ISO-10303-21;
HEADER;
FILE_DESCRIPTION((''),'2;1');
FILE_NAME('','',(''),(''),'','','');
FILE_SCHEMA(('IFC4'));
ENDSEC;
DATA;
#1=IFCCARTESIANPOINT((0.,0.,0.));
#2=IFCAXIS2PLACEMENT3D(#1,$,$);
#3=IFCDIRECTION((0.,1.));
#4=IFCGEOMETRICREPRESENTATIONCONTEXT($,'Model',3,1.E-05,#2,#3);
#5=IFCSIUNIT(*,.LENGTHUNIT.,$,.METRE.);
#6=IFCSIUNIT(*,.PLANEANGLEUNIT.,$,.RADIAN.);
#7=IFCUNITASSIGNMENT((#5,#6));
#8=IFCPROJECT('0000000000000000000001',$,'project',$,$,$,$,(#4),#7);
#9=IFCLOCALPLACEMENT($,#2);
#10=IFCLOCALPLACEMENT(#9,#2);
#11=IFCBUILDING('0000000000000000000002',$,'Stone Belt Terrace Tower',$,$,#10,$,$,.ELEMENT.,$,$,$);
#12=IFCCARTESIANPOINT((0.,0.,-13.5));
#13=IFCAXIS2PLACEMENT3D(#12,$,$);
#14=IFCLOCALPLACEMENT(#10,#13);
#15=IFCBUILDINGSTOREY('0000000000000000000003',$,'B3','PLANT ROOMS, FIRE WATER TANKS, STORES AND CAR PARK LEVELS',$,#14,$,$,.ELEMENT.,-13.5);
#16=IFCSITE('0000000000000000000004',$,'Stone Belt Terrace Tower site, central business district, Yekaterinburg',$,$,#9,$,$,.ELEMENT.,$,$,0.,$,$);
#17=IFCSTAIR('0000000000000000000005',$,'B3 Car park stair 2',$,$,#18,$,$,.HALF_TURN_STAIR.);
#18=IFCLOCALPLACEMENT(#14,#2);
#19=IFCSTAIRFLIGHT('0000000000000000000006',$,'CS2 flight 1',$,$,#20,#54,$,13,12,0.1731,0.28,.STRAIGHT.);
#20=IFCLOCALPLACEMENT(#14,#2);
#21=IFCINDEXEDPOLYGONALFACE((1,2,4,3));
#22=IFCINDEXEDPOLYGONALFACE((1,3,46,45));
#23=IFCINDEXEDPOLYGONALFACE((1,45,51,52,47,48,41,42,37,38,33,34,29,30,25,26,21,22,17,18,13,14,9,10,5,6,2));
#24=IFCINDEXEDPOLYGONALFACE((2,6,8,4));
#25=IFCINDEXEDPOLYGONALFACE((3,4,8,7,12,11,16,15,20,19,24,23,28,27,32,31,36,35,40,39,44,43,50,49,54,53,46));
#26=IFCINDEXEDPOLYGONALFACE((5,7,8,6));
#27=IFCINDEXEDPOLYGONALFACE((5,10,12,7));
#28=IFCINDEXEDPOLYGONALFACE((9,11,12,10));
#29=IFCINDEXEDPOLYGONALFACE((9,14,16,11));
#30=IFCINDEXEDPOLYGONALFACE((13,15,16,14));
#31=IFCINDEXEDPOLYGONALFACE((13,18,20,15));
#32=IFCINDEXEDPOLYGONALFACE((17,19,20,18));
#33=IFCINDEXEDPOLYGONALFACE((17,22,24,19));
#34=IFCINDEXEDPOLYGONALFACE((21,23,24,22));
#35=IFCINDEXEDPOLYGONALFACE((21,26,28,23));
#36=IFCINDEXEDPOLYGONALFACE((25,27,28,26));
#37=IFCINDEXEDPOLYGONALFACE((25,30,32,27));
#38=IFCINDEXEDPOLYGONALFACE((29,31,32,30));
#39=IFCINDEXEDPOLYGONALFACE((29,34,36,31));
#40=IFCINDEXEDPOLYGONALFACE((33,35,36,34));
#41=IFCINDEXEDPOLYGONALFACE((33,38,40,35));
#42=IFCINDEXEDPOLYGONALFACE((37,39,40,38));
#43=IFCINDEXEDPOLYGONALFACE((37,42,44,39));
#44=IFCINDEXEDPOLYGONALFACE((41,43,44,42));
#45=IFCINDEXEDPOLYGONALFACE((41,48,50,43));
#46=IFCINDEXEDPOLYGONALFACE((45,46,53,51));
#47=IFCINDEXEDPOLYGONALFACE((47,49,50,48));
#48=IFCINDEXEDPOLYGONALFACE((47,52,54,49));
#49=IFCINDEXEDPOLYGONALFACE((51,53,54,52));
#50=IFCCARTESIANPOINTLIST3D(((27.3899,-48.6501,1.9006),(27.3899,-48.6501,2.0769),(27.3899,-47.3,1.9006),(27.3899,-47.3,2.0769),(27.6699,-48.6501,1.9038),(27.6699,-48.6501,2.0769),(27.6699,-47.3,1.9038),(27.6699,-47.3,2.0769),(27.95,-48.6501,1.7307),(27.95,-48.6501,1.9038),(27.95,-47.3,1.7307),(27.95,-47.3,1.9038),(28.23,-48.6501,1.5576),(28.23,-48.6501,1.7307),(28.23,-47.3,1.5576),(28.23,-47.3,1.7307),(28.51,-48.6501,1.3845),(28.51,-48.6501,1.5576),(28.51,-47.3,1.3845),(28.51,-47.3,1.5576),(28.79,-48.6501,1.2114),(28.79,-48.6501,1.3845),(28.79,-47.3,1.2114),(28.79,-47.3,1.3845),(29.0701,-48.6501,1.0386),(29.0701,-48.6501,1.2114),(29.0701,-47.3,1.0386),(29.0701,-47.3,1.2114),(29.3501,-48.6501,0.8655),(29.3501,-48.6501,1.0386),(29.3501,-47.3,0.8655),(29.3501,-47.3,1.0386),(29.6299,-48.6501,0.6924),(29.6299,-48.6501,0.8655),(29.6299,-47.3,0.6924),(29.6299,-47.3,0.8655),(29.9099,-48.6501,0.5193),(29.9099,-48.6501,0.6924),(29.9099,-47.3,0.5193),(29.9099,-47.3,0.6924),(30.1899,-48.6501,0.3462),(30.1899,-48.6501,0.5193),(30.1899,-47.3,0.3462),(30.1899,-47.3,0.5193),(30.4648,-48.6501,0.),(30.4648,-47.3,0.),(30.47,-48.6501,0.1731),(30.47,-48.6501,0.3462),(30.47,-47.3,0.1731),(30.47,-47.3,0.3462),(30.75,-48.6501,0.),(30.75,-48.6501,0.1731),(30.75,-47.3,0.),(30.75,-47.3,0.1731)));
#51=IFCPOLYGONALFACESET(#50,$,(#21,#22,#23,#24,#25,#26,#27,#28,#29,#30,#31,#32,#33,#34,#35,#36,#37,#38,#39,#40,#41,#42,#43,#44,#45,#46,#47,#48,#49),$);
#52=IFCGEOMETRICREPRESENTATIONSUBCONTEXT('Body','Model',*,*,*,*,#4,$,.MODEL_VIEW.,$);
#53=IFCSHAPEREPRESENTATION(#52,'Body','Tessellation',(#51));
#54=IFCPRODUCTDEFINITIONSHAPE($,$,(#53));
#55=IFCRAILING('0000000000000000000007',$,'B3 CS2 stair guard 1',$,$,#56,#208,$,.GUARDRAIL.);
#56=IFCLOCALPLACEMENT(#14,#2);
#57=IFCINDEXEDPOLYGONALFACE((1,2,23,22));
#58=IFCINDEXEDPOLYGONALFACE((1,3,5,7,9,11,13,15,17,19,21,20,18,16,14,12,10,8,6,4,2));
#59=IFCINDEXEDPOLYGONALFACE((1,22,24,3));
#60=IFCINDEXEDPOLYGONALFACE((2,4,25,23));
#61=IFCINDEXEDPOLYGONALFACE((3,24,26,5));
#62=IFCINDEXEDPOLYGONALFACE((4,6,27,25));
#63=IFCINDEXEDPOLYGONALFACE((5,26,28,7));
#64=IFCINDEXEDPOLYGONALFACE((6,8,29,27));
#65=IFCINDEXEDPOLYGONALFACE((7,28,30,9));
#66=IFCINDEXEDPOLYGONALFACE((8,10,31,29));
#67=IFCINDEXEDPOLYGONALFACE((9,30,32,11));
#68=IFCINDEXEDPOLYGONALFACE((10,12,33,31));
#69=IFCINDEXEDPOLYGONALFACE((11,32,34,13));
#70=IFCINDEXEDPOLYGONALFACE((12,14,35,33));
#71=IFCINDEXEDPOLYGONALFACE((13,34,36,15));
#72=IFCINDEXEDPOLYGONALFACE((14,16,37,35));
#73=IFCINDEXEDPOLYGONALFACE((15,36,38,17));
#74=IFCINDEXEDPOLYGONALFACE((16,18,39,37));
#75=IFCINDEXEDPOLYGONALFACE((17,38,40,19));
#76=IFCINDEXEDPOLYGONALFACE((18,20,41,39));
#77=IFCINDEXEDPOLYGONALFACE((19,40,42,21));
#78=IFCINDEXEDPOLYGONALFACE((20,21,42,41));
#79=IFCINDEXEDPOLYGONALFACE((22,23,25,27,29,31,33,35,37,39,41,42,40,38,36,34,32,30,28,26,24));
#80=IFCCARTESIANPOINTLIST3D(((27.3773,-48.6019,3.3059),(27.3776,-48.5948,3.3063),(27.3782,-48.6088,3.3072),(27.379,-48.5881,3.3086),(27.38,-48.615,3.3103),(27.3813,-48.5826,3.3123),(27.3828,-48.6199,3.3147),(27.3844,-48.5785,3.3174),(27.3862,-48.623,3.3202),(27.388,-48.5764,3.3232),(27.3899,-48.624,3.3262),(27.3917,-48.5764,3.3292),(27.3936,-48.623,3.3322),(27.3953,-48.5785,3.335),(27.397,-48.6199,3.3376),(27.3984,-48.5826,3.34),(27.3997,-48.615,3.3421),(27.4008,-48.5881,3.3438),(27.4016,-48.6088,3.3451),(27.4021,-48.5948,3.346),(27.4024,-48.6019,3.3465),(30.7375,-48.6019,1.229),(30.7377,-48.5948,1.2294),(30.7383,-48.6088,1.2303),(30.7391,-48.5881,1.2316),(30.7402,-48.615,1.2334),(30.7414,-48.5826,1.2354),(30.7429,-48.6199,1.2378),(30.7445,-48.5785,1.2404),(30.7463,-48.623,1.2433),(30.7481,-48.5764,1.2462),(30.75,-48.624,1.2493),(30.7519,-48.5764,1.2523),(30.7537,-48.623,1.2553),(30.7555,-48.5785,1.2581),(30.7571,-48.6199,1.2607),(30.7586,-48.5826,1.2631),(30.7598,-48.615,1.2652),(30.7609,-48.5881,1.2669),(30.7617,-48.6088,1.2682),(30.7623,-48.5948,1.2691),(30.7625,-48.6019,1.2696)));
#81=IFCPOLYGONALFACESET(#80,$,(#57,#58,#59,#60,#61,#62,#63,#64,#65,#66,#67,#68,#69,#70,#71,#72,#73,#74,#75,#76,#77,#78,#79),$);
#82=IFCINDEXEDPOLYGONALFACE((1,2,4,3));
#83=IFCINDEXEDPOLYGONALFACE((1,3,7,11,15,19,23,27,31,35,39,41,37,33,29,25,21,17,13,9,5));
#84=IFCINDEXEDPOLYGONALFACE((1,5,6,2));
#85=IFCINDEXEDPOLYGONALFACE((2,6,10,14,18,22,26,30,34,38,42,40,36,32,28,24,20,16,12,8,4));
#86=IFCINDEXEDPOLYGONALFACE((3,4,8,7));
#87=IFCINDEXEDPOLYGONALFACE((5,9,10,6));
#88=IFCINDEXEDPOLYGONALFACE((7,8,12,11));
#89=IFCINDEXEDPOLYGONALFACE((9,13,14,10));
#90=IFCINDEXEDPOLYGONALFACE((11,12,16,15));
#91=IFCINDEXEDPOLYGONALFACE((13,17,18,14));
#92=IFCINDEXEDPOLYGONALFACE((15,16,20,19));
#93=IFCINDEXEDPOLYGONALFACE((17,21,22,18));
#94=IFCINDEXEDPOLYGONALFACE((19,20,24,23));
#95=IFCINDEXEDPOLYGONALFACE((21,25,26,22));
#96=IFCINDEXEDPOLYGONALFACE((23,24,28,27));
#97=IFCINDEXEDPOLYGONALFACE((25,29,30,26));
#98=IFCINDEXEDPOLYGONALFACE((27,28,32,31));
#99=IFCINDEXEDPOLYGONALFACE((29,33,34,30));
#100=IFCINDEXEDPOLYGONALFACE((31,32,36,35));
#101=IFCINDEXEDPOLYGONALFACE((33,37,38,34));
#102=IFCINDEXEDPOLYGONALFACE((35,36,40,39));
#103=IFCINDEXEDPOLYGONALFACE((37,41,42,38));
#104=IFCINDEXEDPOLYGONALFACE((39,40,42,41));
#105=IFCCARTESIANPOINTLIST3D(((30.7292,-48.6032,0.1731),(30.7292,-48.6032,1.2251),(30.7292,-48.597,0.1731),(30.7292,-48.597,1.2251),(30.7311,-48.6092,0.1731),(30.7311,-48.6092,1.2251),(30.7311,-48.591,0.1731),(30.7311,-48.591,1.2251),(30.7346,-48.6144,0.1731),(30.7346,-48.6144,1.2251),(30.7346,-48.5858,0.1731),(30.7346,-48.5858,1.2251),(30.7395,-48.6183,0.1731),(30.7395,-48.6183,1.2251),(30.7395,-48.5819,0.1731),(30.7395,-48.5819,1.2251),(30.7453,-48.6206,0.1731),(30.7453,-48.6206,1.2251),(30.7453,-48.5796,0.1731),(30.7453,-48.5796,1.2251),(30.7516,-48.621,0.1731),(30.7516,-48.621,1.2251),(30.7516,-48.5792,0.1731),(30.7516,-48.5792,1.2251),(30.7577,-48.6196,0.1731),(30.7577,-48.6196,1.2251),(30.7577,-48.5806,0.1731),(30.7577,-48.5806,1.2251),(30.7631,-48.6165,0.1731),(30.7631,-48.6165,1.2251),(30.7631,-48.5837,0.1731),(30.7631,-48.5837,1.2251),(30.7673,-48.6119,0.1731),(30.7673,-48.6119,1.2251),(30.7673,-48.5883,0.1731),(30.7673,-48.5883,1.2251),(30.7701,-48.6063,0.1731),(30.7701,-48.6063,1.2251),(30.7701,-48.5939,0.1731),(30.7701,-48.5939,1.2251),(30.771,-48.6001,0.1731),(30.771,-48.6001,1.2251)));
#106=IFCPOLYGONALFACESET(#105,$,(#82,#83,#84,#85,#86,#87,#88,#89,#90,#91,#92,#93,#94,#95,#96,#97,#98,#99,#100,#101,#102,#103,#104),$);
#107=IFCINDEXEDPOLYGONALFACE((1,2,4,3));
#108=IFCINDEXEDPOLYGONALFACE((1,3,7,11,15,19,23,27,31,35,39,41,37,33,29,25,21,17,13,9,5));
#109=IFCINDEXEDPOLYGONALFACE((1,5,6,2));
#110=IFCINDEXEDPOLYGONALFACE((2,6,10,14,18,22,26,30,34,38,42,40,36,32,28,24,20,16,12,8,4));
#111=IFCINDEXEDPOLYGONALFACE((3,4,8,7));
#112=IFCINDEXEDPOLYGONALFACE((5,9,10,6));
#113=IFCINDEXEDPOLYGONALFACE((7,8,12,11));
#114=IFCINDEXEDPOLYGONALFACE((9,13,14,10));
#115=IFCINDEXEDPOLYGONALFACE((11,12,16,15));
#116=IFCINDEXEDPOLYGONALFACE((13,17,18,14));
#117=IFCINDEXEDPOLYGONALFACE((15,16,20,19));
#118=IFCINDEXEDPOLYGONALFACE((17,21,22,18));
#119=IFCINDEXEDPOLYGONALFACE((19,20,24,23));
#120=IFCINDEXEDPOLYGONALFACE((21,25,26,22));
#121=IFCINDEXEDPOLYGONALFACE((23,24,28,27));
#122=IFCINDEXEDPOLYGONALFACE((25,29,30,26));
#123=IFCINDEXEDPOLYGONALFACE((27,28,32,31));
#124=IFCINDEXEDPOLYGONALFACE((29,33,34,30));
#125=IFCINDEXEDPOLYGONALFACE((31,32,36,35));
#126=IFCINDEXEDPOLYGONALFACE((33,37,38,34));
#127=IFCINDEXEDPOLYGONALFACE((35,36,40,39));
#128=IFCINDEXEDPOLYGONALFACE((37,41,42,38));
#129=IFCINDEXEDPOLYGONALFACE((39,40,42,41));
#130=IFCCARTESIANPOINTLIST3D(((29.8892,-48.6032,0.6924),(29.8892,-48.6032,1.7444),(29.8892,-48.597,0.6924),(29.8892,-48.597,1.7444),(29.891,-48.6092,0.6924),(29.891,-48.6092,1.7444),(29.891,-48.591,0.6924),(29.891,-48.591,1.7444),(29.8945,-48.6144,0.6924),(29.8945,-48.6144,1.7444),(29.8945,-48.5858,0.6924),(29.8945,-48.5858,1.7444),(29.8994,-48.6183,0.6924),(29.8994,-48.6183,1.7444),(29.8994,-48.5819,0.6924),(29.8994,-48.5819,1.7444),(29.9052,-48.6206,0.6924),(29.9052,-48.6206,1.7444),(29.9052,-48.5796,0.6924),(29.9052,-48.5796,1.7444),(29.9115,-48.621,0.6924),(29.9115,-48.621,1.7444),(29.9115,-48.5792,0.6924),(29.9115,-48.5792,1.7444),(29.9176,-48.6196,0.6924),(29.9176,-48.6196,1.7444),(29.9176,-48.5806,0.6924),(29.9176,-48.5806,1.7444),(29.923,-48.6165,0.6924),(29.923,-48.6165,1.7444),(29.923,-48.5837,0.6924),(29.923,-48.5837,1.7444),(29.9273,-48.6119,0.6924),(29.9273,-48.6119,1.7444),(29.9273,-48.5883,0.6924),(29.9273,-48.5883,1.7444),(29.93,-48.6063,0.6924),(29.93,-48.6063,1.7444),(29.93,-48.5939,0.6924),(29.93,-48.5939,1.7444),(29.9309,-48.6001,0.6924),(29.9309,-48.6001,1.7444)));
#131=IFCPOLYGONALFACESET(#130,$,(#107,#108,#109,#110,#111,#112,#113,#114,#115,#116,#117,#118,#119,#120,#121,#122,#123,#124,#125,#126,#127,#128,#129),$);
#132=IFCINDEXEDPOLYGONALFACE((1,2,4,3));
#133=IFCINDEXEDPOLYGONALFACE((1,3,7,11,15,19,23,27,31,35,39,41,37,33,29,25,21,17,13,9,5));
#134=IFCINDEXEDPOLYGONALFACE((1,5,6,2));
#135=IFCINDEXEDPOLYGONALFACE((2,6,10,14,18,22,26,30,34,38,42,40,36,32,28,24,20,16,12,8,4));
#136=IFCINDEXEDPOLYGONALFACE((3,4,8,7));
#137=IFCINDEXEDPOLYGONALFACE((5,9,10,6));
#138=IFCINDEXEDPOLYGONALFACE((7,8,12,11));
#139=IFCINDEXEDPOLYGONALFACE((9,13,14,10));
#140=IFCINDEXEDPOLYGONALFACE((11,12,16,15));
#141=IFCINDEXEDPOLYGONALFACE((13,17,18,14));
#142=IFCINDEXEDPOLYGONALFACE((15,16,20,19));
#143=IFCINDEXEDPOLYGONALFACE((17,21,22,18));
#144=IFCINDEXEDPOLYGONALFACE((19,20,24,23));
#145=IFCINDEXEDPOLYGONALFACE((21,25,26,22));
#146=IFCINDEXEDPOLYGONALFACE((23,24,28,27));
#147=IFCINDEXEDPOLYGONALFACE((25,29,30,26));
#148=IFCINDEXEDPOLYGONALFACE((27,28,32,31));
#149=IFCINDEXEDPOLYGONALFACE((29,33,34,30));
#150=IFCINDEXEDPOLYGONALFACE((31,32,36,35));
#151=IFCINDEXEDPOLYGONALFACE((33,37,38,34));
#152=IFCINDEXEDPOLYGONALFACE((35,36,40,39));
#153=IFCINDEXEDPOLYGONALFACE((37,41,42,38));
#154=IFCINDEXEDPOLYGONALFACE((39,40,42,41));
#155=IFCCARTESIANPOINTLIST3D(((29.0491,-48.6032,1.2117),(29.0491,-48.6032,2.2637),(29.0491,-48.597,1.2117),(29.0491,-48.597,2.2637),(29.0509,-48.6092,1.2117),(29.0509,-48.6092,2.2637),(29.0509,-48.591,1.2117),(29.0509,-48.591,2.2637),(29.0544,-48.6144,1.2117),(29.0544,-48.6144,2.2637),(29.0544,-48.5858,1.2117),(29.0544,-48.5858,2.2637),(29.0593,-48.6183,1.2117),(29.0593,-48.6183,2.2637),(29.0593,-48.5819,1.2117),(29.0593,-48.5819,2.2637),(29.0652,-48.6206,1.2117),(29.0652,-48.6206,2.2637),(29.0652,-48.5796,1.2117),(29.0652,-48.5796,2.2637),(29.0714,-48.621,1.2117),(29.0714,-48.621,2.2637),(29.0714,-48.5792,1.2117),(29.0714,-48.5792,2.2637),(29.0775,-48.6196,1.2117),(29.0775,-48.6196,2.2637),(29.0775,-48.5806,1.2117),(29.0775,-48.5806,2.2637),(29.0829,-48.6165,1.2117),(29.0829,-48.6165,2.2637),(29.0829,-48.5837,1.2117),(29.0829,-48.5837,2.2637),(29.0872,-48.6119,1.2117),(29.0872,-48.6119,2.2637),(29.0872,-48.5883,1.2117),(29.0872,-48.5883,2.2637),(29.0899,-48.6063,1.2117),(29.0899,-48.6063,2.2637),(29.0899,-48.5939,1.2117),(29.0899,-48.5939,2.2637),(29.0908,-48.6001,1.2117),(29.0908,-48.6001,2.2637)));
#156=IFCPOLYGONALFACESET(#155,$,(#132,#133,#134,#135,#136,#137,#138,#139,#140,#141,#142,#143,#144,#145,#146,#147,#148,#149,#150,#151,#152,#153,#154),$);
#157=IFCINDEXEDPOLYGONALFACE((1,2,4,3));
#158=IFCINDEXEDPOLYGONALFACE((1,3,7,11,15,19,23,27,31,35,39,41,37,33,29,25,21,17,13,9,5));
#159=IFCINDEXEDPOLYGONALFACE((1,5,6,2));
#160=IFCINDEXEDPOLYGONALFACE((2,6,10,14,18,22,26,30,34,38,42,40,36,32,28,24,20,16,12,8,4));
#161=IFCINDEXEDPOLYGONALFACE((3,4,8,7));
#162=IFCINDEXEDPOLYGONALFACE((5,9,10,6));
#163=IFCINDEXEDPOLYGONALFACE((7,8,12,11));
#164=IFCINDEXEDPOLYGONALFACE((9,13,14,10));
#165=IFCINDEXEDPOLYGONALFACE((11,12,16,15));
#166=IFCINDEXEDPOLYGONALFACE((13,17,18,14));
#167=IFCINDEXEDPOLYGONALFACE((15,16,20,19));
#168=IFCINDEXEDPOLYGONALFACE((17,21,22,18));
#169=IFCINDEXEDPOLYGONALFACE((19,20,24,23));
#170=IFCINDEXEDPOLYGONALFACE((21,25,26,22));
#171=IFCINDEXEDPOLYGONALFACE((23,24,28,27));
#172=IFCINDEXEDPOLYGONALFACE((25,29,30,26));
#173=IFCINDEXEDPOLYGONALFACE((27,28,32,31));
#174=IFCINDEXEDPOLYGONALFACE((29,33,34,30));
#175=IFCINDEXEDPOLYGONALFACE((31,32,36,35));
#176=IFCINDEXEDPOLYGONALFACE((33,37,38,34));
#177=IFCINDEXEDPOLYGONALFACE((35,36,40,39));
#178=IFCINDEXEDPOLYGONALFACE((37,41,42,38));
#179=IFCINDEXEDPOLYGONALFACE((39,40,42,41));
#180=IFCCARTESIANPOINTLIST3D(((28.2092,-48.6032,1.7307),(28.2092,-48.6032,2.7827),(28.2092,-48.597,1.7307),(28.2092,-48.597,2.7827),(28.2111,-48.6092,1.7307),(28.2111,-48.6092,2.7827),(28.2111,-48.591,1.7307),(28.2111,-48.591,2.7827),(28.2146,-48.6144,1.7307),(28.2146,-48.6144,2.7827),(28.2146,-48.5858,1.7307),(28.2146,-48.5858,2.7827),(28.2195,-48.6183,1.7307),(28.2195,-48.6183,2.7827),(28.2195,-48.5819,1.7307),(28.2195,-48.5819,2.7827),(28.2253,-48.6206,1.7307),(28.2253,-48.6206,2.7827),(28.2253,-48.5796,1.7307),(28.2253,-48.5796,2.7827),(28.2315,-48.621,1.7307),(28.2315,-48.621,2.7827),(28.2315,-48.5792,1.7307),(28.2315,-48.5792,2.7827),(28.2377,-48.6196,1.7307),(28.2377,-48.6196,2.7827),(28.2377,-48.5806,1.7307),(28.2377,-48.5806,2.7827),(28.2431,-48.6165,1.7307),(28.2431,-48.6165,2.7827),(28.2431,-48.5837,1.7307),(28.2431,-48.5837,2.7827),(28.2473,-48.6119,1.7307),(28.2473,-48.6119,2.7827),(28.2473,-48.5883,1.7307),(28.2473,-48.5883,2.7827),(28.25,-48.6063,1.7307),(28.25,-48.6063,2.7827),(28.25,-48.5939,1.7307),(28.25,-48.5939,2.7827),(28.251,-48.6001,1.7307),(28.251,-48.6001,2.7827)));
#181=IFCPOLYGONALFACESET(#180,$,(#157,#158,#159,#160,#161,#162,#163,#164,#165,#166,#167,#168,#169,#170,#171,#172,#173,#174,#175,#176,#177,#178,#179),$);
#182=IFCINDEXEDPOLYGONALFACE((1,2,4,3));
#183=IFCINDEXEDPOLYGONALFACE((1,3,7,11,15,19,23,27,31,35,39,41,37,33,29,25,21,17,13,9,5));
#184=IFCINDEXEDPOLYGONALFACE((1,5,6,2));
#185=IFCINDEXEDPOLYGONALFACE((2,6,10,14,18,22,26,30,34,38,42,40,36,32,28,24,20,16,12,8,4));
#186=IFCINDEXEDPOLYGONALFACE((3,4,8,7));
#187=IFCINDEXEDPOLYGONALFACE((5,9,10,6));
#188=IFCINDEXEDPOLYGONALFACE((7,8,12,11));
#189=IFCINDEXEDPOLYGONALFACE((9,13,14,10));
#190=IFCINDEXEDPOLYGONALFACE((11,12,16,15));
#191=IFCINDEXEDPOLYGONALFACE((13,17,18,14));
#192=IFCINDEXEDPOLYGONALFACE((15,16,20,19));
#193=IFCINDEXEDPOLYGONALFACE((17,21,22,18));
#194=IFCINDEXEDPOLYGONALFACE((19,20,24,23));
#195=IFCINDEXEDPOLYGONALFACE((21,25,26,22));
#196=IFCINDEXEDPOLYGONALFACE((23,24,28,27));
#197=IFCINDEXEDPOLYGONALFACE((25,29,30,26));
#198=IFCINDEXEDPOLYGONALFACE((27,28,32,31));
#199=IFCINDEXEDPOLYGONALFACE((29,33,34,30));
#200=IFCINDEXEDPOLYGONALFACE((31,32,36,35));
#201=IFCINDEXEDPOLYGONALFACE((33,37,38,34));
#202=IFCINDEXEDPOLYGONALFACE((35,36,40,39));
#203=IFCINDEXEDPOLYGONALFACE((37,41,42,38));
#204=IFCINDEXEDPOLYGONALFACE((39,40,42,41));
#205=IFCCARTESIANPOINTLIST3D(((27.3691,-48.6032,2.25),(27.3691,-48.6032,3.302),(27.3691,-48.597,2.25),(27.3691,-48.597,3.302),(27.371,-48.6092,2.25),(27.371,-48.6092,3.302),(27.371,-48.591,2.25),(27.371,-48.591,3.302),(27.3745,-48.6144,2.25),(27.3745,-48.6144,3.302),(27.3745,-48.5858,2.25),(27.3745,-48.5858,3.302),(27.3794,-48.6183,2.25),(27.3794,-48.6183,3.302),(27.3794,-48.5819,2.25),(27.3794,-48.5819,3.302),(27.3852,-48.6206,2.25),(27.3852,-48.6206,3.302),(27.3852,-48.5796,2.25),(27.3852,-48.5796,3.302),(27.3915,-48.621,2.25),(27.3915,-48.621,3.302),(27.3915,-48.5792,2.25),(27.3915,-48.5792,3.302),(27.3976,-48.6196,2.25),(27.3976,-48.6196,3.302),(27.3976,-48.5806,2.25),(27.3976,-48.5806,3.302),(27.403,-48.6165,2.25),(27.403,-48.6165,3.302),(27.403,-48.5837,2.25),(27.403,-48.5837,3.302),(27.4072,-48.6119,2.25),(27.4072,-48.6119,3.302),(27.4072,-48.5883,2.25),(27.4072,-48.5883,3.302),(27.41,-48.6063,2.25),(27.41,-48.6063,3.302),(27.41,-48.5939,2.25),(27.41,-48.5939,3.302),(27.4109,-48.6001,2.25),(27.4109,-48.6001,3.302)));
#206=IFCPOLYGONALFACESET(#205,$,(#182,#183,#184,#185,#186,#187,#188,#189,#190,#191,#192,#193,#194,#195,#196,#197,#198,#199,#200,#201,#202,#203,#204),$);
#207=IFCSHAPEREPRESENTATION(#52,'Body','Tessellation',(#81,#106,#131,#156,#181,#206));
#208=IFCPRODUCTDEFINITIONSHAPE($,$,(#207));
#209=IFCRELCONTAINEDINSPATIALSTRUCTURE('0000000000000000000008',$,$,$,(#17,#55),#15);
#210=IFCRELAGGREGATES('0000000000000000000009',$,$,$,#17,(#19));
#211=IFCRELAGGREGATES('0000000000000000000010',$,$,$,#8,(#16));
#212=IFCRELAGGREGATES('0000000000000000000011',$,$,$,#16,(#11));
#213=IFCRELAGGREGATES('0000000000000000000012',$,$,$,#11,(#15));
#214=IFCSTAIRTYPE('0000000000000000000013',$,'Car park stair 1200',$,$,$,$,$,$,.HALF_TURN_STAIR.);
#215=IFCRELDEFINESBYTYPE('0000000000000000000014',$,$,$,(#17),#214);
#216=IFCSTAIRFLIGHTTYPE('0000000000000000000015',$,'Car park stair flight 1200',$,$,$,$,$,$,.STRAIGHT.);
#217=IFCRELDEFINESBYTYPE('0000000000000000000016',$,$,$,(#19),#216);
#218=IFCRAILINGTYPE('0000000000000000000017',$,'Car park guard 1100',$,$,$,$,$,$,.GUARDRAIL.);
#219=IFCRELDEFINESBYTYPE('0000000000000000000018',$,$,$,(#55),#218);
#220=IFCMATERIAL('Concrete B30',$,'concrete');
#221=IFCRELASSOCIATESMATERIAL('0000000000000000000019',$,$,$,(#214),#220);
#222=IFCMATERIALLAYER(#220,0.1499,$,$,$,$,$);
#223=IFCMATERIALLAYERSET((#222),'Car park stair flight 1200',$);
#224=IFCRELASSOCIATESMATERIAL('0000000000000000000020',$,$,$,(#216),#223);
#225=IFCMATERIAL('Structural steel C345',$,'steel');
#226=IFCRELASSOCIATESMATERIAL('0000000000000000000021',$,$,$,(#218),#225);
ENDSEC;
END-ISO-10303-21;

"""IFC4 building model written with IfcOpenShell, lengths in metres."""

from ifc_helpers import new_model, si_unit, direction, frame, origin, origin_2d, place, context, subcontext, project, spatial, polyline, circle, outline, extrude, material, layer, layer_set, type_object, element, aggregate, save


model = new_model("IFC4")

# Units and contexts
model_context = context("Model", 3, precision=1e-05, world=origin(), true_north=direction((0.0, 1.0)))
body_context = subcontext(model_context, "Body", "Model", "MODEL_VIEW")
ifc_project = project(units=[si_unit("LENGTHUNIT", "METRE"), si_unit("PLANEANGLEUNIT", "RADIAN")], contexts=[model_context])

# Site, building, storey
site_placement = place(None, origin())
site = spatial("IfcSite", under=ifc_project, at=site_placement, Name="Stone Belt Terrace Tower site, central business district, Yekaterinburg", CompositionType="ELEMENT", RefElevation=0.0)
building_placement = place(site_placement, origin())
building = spatial("IfcBuilding", under=site, at=building_placement, Name="Stone Belt Terrace Tower", CompositionType="ELEMENT")
storey_placement = place(building_placement, frame((0.0, 0.0, -13.5)))
storey = spatial("IfcBuildingStorey", under=building, at=storey_placement, Name="B3", Description="PLANT ROOMS, FIRE WATER TANKS, STORES AND CAR PARK LEVELS", CompositionType="ELEMENT", Elevation=-13.5)

# Shared definitions
ifc_material_1 = material(Name="Concrete B30", Category="concrete")

# Stair, stair flight
stair_type = type_object("IfcStairType", Name="Car park stair 1200", PredefinedType="HALF_TURN_STAIR", material=ifc_material_1)
stair_placement = place(storey_placement, origin())
stair = element("IfcStair", 1, at=stair_placement, inside=storey, type_object=stair_type, Name="B3 Car park stair 2", PredefinedType="HALF_TURN_STAIR")
ifc_layer_1 = layer(ifc_material_1, 0.1499)
ifc_layer_set_1 = layer_set([ifc_layer_1], Name="Car park stair flight 1200")
stair_flight_type = type_object("IfcStairFlightType", Name="Car park stair flight 1200", PredefinedType="STRAIGHT", material=ifc_layer_set_1)
stair_flight_placement = place(storey_placement, frame((30.75, -47.9751, 0.0), z_axis=(0.0, 0.0, 1.0), x_axis=(-1.0, 0.0, 0.0)))
stair_flight = element("IfcStairFlight", 2, at=stair_flight_placement, type_object=stair_flight_type, Name="CS2 flight 1", NumberOfRisers=13, NumberOfTreads=12, PredefinedType="STRAIGHT", RiserHeight=0.1731, TreadLength=0.28, context=body_context, shape_type="SweptSolid", body=[
    extrude(outline(polyline([(0.0, 0.0), (0.0, 0.1731), (0.28, 0.1731), (0.28, 0.3462), (0.5601, 0.3462), (0.5601, 0.5193), (0.8401, 0.5193), (0.8401, 0.6924), (1.1201, 0.6924), (1.1201, 0.8655), (1.3999, 0.8655), (1.3999, 1.0386), (1.6799, 1.0386), (1.6799, 1.2114), (1.96, 1.2114), (1.96, 1.3845), (2.24, 1.3845), (2.24, 1.5576), (2.52, 1.5576), (2.52, 1.7307), (2.8, 1.7307), (2.8, 1.9038), (3.0801, 1.9038), (3.0801, 2.0769), (3.3601, 2.0769), (3.3601, 2.25), (3.3601, 1.9006), (0.2852, 0.0), (0.0, 0.0)])), frame((0.0, 0.675, 0.0), z_axis=(0.0, -1.0, 0.0), x_axis=(1.0, 0.0, 0.0)), (0.0, 0.0, 1.0), 1.3501),
])
aggregate(stair, [stair_flight])

# Railing
ifc_material_2 = material(Name="Structural steel C345", Category="steel")
railing_type_1 = type_object("IfcRailingType", Name="Car park guard 1100", PredefinedType="GUARDRAIL", material=ifc_material_2)
railing_1_placement = place(storey_placement, frame((30.75, -48.6001, 0.1731)))
element("IfcRailing", 3, at=railing_1_placement, inside=storey, type_object=railing_type_1, Name="B3 CS2 stair guard 1", PredefinedType="GUARDRAIL", context=body_context, shape_type="SweptSolid", body=[
    extrude(circle(Radius=0.0239, at=origin_2d()), frame((0.0, 0.0, 1.0762), z_axis=(-0.850623, 0.0, 0.525776), x_axis=(0.0, -1.0, 0.0)), (0.0, 0.0, 1.0), 3.9502),
    extrude(circle(Radius=0.021, at=origin_2d()), origin(), (0.0, 0.0, 1.0), 1.052),
    extrude(circle(Radius=0.021, at=origin_2d()), frame((-0.8401, 0.0, 0.5193)), (0.0, 0.0, 1.0), 1.052),
    extrude(circle(Radius=0.021, at=origin_2d()), frame((-1.6802, 0.0, 1.0386)), (0.0, 0.0, 1.0), 1.052),
    extrude(circle(Radius=0.021, at=origin_2d()), frame((-2.52, 0.0, 1.5576)), (0.0, 0.0, 1.0), 1.052),
    extrude(circle(Radius=0.021, at=origin_2d()), frame((-3.3601, 0.0, 2.0769)), (0.0, 0.0, 1.0), 1.052),
])

save(model, "model.ifc")
